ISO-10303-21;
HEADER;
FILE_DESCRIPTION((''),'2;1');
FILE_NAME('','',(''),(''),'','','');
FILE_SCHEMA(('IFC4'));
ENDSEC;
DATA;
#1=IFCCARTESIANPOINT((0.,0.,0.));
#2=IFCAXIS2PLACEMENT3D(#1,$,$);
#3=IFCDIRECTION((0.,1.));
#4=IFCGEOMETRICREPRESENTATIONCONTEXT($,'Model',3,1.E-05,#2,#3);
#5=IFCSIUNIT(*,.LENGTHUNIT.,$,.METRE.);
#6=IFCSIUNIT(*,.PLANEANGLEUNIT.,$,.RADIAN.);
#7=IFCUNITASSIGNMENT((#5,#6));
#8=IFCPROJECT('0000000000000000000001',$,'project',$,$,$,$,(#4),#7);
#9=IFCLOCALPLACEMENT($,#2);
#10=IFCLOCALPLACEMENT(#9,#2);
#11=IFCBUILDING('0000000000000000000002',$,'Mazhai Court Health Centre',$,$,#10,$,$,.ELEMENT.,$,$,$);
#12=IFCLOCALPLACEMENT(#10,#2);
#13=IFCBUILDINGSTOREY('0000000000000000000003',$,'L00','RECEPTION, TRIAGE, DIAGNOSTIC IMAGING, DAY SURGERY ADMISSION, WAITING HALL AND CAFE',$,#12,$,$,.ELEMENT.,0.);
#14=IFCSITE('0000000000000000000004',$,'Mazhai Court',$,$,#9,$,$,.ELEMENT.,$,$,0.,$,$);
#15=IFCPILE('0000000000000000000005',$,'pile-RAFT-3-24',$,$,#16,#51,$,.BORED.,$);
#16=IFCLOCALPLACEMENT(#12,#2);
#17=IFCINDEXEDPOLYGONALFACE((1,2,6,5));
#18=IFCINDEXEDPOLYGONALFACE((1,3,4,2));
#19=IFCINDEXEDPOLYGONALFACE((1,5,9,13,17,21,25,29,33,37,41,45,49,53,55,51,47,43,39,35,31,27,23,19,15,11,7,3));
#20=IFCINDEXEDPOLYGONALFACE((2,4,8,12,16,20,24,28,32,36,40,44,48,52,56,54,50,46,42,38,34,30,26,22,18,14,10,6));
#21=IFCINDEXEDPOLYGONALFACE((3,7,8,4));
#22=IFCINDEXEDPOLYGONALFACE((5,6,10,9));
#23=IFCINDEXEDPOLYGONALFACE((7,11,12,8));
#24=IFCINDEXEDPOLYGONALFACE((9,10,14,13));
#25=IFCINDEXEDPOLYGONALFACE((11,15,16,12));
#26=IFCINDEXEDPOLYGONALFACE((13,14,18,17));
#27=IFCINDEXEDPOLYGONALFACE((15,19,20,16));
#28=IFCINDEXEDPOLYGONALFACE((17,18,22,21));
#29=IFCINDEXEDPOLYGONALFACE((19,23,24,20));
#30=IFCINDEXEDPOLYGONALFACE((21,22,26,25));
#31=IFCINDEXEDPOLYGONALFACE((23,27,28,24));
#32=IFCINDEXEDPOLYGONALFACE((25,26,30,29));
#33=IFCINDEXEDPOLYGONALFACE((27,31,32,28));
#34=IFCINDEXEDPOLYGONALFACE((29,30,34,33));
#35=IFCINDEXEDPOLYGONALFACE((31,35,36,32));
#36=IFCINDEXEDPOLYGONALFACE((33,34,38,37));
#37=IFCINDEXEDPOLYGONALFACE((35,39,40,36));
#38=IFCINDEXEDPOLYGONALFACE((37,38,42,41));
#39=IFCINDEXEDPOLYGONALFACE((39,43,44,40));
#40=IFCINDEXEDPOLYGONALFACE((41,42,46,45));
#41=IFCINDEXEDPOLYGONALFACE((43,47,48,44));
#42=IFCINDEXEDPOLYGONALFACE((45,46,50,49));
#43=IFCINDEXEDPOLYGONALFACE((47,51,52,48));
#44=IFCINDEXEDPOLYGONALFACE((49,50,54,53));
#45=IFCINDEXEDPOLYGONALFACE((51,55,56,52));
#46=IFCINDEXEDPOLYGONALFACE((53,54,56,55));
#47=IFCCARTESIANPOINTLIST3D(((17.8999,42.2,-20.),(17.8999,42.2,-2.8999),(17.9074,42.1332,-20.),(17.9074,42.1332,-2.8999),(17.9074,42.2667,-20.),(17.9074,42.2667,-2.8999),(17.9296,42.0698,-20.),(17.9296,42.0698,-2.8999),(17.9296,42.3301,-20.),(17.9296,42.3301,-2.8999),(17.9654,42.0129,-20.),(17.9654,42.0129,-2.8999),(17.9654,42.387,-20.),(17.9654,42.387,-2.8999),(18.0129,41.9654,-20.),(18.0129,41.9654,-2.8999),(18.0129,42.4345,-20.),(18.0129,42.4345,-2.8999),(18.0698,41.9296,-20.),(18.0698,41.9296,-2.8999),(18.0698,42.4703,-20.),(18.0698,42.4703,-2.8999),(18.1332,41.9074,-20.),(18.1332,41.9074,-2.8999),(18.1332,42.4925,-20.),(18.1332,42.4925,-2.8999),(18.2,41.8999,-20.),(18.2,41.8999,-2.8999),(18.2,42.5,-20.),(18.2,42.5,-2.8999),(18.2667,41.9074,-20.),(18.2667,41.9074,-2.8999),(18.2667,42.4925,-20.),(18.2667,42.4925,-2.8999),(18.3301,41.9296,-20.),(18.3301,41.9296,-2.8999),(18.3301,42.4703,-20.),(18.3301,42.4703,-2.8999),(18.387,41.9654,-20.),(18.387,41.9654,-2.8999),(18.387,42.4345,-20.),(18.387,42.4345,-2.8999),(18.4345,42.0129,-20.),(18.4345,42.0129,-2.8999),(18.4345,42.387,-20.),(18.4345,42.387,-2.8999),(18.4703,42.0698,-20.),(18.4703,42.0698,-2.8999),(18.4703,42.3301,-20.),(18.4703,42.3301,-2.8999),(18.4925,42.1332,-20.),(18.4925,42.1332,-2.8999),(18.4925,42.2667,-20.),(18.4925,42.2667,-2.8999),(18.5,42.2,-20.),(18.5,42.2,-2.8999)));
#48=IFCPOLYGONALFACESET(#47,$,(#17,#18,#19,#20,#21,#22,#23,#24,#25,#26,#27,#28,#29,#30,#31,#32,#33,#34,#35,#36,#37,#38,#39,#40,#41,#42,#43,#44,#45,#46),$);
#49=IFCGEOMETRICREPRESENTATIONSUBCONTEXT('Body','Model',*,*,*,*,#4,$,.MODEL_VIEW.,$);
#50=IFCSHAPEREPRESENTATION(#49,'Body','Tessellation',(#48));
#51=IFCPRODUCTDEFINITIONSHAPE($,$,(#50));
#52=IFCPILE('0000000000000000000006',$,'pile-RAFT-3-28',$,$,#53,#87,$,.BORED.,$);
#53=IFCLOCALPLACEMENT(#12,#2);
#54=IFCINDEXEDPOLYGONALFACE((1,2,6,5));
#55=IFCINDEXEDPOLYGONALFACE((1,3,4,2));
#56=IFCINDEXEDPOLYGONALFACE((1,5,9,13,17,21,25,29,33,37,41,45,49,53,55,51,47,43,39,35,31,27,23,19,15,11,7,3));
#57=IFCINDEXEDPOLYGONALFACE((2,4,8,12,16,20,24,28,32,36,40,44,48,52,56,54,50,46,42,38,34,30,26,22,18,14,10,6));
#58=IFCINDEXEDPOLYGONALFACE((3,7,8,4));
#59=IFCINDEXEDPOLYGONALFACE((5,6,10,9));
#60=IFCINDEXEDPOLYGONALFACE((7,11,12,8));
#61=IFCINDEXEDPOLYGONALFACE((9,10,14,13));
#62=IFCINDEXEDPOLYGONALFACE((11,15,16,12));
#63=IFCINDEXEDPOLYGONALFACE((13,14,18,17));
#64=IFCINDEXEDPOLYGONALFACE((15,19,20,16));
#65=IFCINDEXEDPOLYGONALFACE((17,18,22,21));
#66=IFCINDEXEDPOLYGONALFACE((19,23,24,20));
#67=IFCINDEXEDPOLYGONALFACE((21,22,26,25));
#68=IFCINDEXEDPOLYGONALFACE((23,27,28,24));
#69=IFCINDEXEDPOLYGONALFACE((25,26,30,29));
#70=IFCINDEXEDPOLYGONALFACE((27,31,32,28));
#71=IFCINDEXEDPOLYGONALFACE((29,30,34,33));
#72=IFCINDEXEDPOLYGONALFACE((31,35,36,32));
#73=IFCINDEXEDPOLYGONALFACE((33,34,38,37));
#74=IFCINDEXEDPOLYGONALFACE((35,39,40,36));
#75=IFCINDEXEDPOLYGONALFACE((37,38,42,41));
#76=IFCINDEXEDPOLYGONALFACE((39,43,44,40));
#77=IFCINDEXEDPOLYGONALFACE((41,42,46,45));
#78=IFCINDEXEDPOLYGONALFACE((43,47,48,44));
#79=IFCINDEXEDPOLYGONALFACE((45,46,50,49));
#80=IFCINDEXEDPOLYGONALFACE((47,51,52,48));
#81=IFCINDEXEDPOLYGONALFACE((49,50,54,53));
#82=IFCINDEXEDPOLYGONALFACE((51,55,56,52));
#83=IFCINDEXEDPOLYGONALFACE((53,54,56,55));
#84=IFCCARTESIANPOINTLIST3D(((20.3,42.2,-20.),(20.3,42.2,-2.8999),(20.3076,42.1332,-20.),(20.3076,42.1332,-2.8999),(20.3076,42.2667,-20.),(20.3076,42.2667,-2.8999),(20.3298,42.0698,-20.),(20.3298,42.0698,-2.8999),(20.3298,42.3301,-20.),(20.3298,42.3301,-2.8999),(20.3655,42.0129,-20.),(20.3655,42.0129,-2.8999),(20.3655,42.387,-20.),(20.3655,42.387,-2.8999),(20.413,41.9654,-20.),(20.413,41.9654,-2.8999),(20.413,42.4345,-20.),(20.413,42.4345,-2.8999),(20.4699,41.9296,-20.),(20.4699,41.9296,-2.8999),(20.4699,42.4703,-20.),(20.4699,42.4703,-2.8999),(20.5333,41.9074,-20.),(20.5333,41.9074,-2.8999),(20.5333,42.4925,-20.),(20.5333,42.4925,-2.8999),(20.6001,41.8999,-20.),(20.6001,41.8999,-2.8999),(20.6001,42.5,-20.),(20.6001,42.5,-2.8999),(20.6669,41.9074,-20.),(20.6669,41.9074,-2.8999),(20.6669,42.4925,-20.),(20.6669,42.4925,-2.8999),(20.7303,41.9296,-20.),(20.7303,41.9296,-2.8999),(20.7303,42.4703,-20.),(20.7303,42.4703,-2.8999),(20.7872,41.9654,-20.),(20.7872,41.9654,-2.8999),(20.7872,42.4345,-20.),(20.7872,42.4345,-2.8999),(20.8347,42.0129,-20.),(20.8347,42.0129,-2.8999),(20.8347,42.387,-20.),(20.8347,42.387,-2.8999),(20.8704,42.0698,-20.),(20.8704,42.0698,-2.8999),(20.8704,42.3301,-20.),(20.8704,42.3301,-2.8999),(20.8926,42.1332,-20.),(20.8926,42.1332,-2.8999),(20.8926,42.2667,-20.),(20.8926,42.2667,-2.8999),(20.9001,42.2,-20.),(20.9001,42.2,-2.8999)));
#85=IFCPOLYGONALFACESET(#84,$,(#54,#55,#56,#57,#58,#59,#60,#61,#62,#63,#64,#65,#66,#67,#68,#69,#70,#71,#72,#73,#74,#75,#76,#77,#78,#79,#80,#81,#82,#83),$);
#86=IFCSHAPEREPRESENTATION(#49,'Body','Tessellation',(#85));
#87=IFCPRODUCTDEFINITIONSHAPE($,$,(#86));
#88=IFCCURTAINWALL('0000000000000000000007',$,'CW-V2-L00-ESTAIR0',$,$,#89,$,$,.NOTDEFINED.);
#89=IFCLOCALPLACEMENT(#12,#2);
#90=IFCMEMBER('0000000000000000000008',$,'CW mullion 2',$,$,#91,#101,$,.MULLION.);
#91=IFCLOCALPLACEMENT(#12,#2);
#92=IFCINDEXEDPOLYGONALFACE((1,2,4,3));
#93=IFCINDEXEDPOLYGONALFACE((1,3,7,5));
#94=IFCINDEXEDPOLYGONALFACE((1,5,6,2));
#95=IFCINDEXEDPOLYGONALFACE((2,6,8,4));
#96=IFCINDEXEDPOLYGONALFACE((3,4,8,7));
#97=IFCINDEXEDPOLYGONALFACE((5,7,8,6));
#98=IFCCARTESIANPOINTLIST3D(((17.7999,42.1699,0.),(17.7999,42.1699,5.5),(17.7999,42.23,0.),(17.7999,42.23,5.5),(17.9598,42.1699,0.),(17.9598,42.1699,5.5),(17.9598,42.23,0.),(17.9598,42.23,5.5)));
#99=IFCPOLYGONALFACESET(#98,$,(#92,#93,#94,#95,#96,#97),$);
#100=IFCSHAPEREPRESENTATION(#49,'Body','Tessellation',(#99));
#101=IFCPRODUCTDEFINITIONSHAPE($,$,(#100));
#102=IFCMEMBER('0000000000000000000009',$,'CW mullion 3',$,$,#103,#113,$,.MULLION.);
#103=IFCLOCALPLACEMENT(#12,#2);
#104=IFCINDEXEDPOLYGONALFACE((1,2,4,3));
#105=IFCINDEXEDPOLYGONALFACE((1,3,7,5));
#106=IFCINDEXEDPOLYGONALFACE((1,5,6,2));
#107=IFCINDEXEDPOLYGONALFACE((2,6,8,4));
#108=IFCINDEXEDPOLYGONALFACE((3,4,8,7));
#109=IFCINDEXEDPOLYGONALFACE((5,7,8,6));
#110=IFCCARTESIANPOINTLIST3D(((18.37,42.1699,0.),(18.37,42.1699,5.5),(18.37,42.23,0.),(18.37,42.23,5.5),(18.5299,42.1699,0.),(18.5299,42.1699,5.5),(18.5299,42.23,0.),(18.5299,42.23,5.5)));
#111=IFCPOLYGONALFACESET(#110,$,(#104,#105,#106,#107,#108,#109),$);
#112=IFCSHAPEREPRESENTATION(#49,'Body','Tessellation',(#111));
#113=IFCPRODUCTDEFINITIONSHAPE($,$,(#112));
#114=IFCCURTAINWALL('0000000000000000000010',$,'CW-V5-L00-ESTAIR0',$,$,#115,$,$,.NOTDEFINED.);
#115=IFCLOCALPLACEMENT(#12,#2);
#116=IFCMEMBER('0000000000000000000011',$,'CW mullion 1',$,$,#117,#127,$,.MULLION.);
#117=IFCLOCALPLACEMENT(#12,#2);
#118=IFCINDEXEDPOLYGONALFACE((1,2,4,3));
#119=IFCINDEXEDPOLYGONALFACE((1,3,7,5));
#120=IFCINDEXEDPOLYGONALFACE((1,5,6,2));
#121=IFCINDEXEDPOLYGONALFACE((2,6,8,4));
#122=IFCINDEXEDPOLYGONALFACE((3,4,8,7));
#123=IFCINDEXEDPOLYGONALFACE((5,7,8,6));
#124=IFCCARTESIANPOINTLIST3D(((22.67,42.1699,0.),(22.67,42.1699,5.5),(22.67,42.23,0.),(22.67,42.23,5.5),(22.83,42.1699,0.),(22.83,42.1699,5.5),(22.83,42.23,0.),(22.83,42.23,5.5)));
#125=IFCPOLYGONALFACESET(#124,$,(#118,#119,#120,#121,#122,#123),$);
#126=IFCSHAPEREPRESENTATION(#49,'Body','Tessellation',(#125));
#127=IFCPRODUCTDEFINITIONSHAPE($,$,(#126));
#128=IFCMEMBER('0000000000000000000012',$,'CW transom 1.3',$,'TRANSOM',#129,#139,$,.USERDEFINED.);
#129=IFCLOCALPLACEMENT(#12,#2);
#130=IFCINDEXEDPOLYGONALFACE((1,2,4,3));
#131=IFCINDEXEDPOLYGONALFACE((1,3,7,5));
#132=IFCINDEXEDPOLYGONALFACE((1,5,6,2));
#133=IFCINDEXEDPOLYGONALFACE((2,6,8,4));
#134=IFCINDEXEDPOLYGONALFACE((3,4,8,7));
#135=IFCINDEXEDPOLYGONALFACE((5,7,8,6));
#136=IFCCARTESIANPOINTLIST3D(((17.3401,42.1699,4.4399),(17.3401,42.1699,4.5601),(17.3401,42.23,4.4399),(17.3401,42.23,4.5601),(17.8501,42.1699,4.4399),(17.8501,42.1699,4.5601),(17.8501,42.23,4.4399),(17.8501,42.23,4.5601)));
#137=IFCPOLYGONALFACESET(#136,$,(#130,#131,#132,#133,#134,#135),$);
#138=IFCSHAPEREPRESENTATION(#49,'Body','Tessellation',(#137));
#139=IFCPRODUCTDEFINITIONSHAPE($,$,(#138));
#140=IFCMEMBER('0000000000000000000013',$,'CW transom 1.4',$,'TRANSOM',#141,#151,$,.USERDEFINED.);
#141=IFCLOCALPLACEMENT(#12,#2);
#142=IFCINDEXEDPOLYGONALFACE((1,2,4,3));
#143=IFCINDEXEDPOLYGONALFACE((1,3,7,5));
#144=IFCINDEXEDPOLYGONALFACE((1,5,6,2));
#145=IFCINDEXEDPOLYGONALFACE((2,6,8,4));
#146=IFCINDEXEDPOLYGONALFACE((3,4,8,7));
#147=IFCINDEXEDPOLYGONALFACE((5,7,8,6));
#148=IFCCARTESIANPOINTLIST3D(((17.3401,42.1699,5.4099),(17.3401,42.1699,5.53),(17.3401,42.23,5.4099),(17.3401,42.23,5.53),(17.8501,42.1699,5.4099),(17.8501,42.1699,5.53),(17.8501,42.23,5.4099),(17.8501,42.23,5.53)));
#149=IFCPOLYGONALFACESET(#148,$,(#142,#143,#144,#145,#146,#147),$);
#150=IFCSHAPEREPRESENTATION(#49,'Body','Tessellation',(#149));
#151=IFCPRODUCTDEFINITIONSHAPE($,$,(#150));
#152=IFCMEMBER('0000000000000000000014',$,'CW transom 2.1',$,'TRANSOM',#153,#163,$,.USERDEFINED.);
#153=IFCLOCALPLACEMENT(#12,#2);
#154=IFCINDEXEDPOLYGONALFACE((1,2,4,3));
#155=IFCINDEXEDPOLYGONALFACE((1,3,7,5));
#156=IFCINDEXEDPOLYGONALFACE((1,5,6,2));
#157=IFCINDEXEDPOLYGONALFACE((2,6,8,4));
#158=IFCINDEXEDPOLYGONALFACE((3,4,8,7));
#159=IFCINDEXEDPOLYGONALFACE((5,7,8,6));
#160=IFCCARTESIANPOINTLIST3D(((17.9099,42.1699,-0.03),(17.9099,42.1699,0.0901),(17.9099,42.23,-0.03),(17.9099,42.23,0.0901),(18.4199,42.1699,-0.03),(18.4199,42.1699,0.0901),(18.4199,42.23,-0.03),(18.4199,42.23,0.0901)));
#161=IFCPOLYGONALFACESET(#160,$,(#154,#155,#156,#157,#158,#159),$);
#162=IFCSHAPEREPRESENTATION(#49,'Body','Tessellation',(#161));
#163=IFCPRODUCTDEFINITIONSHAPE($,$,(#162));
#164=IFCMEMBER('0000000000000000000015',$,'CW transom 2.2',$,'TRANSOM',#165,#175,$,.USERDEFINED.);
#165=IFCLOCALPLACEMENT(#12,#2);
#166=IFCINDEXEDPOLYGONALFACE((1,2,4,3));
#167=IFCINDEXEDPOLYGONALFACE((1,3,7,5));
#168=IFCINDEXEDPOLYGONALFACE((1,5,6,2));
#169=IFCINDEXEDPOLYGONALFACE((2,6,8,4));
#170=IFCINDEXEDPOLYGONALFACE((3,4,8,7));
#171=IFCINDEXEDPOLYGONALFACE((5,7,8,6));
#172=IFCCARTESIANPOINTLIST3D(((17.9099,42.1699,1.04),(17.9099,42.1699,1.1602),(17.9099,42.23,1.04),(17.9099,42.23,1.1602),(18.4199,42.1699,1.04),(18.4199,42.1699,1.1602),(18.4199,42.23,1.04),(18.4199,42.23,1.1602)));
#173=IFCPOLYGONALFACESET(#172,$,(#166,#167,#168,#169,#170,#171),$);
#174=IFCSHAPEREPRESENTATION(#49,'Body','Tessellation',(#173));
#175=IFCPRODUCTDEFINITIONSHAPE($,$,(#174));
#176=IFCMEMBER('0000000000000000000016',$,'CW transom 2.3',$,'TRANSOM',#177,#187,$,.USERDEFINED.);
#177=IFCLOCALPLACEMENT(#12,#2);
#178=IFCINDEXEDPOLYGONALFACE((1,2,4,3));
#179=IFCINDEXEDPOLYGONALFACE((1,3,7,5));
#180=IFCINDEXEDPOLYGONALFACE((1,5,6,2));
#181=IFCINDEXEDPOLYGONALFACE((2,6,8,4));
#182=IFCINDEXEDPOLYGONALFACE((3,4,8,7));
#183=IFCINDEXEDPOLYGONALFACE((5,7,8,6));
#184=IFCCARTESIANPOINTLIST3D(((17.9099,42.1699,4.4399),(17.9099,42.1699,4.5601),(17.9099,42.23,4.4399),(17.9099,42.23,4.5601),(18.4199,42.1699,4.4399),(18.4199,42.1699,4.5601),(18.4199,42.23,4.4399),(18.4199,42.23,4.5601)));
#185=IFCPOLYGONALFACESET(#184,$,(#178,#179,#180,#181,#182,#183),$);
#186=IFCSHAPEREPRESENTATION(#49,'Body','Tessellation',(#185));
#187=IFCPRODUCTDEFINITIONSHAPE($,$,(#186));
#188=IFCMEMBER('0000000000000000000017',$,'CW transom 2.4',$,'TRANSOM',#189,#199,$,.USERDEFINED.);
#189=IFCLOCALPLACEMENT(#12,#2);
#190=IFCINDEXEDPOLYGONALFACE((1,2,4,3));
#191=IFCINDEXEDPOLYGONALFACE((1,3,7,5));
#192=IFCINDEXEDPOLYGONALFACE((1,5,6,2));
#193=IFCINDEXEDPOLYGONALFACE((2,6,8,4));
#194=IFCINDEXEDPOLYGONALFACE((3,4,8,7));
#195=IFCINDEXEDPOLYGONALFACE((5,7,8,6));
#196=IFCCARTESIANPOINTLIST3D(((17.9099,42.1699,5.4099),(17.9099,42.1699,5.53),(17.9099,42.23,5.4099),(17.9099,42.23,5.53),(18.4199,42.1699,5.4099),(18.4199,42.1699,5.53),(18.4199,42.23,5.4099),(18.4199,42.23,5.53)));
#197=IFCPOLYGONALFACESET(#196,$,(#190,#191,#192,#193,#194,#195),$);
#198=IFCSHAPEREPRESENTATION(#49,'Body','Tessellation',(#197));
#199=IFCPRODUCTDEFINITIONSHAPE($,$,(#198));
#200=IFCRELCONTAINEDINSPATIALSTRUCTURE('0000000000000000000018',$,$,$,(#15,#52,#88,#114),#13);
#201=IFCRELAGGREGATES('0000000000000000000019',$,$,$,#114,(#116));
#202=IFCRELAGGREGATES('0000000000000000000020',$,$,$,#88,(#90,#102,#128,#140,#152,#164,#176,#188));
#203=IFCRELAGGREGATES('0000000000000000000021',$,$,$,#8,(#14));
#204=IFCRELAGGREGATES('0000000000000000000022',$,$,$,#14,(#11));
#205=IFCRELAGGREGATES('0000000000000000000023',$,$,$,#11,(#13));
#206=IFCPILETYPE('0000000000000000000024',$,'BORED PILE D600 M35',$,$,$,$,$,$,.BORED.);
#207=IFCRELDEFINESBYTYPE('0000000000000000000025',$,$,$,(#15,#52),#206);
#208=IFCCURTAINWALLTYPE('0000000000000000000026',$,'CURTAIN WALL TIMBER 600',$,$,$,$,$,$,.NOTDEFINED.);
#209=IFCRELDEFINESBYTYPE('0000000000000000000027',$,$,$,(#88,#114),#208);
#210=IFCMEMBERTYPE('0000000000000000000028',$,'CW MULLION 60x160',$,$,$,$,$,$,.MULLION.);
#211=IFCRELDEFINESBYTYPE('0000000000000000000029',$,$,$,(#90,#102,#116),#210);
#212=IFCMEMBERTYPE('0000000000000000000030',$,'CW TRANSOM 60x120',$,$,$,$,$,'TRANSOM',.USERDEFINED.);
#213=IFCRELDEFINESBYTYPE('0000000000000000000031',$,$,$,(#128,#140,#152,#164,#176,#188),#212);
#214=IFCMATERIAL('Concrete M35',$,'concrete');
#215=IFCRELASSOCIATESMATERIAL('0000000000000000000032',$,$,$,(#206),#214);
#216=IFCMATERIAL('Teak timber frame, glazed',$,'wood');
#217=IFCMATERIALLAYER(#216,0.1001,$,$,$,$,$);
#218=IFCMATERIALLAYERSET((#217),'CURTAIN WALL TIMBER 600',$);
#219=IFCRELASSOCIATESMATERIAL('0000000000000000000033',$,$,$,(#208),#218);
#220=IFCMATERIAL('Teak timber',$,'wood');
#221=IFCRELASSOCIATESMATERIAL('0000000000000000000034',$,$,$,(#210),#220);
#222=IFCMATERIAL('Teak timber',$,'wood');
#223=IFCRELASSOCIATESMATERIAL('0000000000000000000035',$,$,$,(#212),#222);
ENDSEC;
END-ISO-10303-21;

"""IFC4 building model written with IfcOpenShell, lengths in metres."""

from ifc_helpers import new_model, si_unit, direction, frame, origin, origin_2d, place, context, subcontext, project, spatial, rectangle, circle, extrude, material, layer, layer_set, material_profile, profile_set, type_object, element, aggregate, save


model = new_model("IFC4")

# Units and contexts
model_context = context("Model", 3, precision=1e-05, world=origin(), true_north=direction((0.0, 1.0)))
body_context = subcontext(model_context, "Body", "Model", "MODEL_VIEW")
ifc_project = project(units=[si_unit("LENGTHUNIT", "METRE"), si_unit("PLANEANGLEUNIT", "RADIAN")], contexts=[model_context])

# Site, building, storey
site_placement = place(None, origin())
site = spatial("IfcSite", under=ifc_project, at=site_placement, Name="Mazhai Court", CompositionType="ELEMENT", RefElevation=0.0)
building_placement = place(site_placement, origin())
building = spatial("IfcBuilding", under=site, at=building_placement, Name="Mazhai Court Health Centre", CompositionType="ELEMENT")
storey_placement = place(building_placement, origin())
storey = spatial("IfcBuildingStorey", under=building, at=storey_placement, Name="L00", Description="RECEPTION, TRIAGE, DIAGNOSTIC IMAGING, DAY SURGERY ADMISSION, WAITING HALL AND CAFE", CompositionType="ELEMENT", Elevation=0.0)

# Piles
ifc_material_1 = material(Name="Concrete M35", Category="concrete")
ifc_material_profile_1 = material_profile(ifc_material_1, circle(Radius=0.3, at=origin_2d()), Name="RC PILE D600")
ifc_profile_set_1 = profile_set([ifc_material_profile_1], Name="Concrete M35")
pile_type = type_object("IfcPileType", Name="BORED PILE D600 M35", PredefinedType="BORED", material=ifc_profile_set_1)
for number, where, z_axis, x_axis, name in (
    (1, (18.2, 42.2, -2.8999), (0.0, 0.0, -1.0), (1.0, 0.0, 0.0), "pile-RAFT-3-24"),
    (2, (20.6001, 42.2, -2.8999), (0.0, 0.0, -1.0), (1.0, 0.0, 0.0), "pile-RAFT-3-28"),
):
    element("IfcPile", number, at=place(storey_placement, frame(where, z_axis=z_axis, x_axis=x_axis)), inside=storey, type_object=pile_type, Name=name, PredefinedType="BORED", context=body_context, shape_type="SweptSolid", body=[
        extrude(circle(Radius=0.3, at=origin_2d()), origin(), (0.0, 0.0, 1.0), 17.1001),
    ])

# Curtain wall, members
ifc_material_2 = material(Name="Teak timber frame, glazed", Category="wood")
ifc_layer_1 = layer(ifc_material_2, 0.1001)
ifc_layer_set_1 = layer_set([ifc_layer_1], Name="CURTAIN WALL TIMBER 600")
curtain_wall_type = type_object("IfcCurtainWallType", Name="CURTAIN WALL TIMBER 600", PredefinedType="NOTDEFINED", material=ifc_layer_set_1)
curtain_wall_1_placement = place(storey_placement, origin())
curtain_wall_1 = element("IfcCurtainWall", 3, at=curtain_wall_1_placement, inside=storey, type_object=curtain_wall_type, Name="CW-V2-L00-ESTAIR0", PredefinedType="NOTDEFINED")
ifc_material_3 = material(Name="Teak timber", Category="wood")
ifc_material_profile_2 = material_profile(ifc_material_3, rectangle(XDim=0.0601, YDim=0.1599, at=origin_2d()), Name="CW MULLION 60x160")
ifc_profile_set_2 = profile_set([ifc_material_profile_2], Name="Teak timber")
member_type_1 = type_object("IfcMemberType", Name="CW MULLION 60x160", PredefinedType="MULLION", material=ifc_profile_set_2)
member_1_placement = place(storey_placement, frame((17.8799, 42.2, 0.0), z_axis=(0.0, 0.0, 1.0), x_axis=(0.0, 1.0, 0.0)))
member_1 = element("IfcMember", 4, at=member_1_placement, type_object=member_type_1, Name="CW mullion 2", PredefinedType="MULLION", context=body_context, shape_type="SweptSolid", body=[
    extrude(rectangle(XDim=0.0601, YDim=0.1599, at=origin_2d()), origin(), (0.0, 0.0, 1.0), 5.5),
])
member_2_placement = place(storey_placement, frame((18.45, 42.2, 0.0), z_axis=(0.0, 0.0, 1.0), x_axis=(0.0, 1.0, 0.0)))
member_2 = element("IfcMember", 5, at=member_2_placement, type_object=member_type_1, Name="CW mullion 3", PredefinedType="MULLION", context=body_context, shape_type="SweptSolid", body=[
    extrude(rectangle(XDim=0.0601, YDim=0.1599, at=origin_2d()), origin(), (0.0, 0.0, 1.0), 5.5),
])

# Curtain wall, member
curtain_wall_2_placement = place(storey_placement, origin())
curtain_wall_2 = element("IfcCurtainWall", 6, at=curtain_wall_2_placement, inside=storey, type_object=curtain_wall_type, Name="CW-V5-L00-ESTAIR0", PredefinedType="NOTDEFINED")
member_3_placement = place(storey_placement, frame((22.75, 42.2, 0.0), z_axis=(0.0, 0.0, 1.0), x_axis=(0.0, 1.0, 0.0)))
member_3 = element("IfcMember", 7, at=member_3_placement, type_object=member_type_1, Name="CW mullion 1", PredefinedType="MULLION", context=body_context, shape_type="SweptSolid", body=[
    extrude(rectangle(XDim=0.0601, YDim=0.1599, at=origin_2d()), origin(), (0.0, 0.0, 1.0), 5.5),
])

# Members
ifc_material_4 = material(Name="Teak timber", Category="wood")
ifc_material_profile_3 = material_profile(ifc_material_4, rectangle(XDim=0.0601, YDim=0.1201, at=origin_2d()), Name="CW TRANSOM 60x120")
ifc_profile_set_3 = profile_set([ifc_material_profile_3], Name="Teak timber")
member_type_2 = type_object("IfcMemberType", Name="CW TRANSOM 60x120", ElementType="TRANSOM", PredefinedType="USERDEFINED", material=ifc_profile_set_3)
member_4_placement = place(storey_placement, frame((17.3401, 42.2, 4.5), z_axis=(1.0, 0.0, 0.0), x_axis=(0.0, 1.0, 0.0)))
member_4 = element("IfcMember", 8, at=member_4_placement, type_object=member_type_2, Name="CW transom 1.3", ObjectType="TRANSOM", PredefinedType="USERDEFINED", context=body_context, shape_type="SweptSolid", body=[
    extrude(rectangle(XDim=0.0601, YDim=0.1201, at=origin_2d()), origin(), (0.0, 0.0, 1.0), 0.51),
])
member_5_placement = place(storey_placement, frame((17.3401, 42.2, 5.47), z_axis=(1.0, 0.0, 0.0), x_axis=(0.0, 1.0, 0.0)))
member_5 = element("IfcMember", 9, at=member_5_placement, type_object=member_type_2, Name="CW transom 1.4", ObjectType="TRANSOM", PredefinedType="USERDEFINED", context=body_context, shape_type="SweptSolid", body=[
    extrude(rectangle(XDim=0.0601, YDim=0.1201, at=origin_2d()), origin(), (0.0, 0.0, 1.0), 0.51),
])
member_6_placement = place(storey_placement, frame((17.9099, 42.2, 0.03), z_axis=(1.0, 0.0, 0.0), x_axis=(0.0, 1.0, 0.0)))
member_6 = element("IfcMember", 10, at=member_6_placement, type_object=member_type_2, Name="CW transom 2.1", ObjectType="TRANSOM", PredefinedType="USERDEFINED", context=body_context, shape_type="SweptSolid", body=[
    extrude(rectangle(XDim=0.0601, YDim=0.1201, at=origin_2d()), origin(), (0.0, 0.0, 1.0), 0.51),
])
member_7_placement = place(storey_placement, frame((17.9099, 42.2, 1.1001), z_axis=(1.0, 0.0, 0.0), x_axis=(0.0, 1.0, 0.0)))
member_7 = element("IfcMember", 11, at=member_7_placement, type_object=member_type_2, Name="CW transom 2.2", ObjectType="TRANSOM", PredefinedType="USERDEFINED", context=body_context, shape_type="SweptSolid", body=[
    extrude(rectangle(XDim=0.0601, YDim=0.1201, at=origin_2d()), origin(), (0.0, 0.0, 1.0), 0.51),
])
member_8_placement = place(storey_placement, frame((17.9099, 42.2, 4.5), z_axis=(1.0, 0.0, 0.0), x_axis=(0.0, 1.0, 0.0)))
member_8 = element("IfcMember", 12, at=member_8_placement, type_object=member_type_2, Name="CW transom 2.3", ObjectType="TRANSOM", PredefinedType="USERDEFINED", context=body_context, shape_type="SweptSolid", body=[
    extrude(rectangle(XDim=0.0601, YDim=0.1201, at=origin_2d()), origin(), (0.0, 0.0, 1.0), 0.51),
])
member_9_placement = place(storey_placement, frame((17.9099, 42.2, 5.47), z_axis=(1.0, 0.0, 0.0), x_axis=(0.0, 1.0, 0.0)))
member_9 = element("IfcMember", 13, at=member_9_placement, type_object=member_type_2, Name="CW transom 2.4", ObjectType="TRANSOM", PredefinedType="USERDEFINED", context=body_context, shape_type="SweptSolid", body=[
    extrude(rectangle(XDim=0.0601, YDim=0.1201, at=origin_2d()), origin(), (0.0, 0.0, 1.0), 0.51),
])
aggregate(curtain_wall_2, [member_3])

aggregate(curtain_wall_1, [member_1, member_2, member_4, member_5, member_6, member_7, member_8, member_9])

save(model, "model.ifc")
